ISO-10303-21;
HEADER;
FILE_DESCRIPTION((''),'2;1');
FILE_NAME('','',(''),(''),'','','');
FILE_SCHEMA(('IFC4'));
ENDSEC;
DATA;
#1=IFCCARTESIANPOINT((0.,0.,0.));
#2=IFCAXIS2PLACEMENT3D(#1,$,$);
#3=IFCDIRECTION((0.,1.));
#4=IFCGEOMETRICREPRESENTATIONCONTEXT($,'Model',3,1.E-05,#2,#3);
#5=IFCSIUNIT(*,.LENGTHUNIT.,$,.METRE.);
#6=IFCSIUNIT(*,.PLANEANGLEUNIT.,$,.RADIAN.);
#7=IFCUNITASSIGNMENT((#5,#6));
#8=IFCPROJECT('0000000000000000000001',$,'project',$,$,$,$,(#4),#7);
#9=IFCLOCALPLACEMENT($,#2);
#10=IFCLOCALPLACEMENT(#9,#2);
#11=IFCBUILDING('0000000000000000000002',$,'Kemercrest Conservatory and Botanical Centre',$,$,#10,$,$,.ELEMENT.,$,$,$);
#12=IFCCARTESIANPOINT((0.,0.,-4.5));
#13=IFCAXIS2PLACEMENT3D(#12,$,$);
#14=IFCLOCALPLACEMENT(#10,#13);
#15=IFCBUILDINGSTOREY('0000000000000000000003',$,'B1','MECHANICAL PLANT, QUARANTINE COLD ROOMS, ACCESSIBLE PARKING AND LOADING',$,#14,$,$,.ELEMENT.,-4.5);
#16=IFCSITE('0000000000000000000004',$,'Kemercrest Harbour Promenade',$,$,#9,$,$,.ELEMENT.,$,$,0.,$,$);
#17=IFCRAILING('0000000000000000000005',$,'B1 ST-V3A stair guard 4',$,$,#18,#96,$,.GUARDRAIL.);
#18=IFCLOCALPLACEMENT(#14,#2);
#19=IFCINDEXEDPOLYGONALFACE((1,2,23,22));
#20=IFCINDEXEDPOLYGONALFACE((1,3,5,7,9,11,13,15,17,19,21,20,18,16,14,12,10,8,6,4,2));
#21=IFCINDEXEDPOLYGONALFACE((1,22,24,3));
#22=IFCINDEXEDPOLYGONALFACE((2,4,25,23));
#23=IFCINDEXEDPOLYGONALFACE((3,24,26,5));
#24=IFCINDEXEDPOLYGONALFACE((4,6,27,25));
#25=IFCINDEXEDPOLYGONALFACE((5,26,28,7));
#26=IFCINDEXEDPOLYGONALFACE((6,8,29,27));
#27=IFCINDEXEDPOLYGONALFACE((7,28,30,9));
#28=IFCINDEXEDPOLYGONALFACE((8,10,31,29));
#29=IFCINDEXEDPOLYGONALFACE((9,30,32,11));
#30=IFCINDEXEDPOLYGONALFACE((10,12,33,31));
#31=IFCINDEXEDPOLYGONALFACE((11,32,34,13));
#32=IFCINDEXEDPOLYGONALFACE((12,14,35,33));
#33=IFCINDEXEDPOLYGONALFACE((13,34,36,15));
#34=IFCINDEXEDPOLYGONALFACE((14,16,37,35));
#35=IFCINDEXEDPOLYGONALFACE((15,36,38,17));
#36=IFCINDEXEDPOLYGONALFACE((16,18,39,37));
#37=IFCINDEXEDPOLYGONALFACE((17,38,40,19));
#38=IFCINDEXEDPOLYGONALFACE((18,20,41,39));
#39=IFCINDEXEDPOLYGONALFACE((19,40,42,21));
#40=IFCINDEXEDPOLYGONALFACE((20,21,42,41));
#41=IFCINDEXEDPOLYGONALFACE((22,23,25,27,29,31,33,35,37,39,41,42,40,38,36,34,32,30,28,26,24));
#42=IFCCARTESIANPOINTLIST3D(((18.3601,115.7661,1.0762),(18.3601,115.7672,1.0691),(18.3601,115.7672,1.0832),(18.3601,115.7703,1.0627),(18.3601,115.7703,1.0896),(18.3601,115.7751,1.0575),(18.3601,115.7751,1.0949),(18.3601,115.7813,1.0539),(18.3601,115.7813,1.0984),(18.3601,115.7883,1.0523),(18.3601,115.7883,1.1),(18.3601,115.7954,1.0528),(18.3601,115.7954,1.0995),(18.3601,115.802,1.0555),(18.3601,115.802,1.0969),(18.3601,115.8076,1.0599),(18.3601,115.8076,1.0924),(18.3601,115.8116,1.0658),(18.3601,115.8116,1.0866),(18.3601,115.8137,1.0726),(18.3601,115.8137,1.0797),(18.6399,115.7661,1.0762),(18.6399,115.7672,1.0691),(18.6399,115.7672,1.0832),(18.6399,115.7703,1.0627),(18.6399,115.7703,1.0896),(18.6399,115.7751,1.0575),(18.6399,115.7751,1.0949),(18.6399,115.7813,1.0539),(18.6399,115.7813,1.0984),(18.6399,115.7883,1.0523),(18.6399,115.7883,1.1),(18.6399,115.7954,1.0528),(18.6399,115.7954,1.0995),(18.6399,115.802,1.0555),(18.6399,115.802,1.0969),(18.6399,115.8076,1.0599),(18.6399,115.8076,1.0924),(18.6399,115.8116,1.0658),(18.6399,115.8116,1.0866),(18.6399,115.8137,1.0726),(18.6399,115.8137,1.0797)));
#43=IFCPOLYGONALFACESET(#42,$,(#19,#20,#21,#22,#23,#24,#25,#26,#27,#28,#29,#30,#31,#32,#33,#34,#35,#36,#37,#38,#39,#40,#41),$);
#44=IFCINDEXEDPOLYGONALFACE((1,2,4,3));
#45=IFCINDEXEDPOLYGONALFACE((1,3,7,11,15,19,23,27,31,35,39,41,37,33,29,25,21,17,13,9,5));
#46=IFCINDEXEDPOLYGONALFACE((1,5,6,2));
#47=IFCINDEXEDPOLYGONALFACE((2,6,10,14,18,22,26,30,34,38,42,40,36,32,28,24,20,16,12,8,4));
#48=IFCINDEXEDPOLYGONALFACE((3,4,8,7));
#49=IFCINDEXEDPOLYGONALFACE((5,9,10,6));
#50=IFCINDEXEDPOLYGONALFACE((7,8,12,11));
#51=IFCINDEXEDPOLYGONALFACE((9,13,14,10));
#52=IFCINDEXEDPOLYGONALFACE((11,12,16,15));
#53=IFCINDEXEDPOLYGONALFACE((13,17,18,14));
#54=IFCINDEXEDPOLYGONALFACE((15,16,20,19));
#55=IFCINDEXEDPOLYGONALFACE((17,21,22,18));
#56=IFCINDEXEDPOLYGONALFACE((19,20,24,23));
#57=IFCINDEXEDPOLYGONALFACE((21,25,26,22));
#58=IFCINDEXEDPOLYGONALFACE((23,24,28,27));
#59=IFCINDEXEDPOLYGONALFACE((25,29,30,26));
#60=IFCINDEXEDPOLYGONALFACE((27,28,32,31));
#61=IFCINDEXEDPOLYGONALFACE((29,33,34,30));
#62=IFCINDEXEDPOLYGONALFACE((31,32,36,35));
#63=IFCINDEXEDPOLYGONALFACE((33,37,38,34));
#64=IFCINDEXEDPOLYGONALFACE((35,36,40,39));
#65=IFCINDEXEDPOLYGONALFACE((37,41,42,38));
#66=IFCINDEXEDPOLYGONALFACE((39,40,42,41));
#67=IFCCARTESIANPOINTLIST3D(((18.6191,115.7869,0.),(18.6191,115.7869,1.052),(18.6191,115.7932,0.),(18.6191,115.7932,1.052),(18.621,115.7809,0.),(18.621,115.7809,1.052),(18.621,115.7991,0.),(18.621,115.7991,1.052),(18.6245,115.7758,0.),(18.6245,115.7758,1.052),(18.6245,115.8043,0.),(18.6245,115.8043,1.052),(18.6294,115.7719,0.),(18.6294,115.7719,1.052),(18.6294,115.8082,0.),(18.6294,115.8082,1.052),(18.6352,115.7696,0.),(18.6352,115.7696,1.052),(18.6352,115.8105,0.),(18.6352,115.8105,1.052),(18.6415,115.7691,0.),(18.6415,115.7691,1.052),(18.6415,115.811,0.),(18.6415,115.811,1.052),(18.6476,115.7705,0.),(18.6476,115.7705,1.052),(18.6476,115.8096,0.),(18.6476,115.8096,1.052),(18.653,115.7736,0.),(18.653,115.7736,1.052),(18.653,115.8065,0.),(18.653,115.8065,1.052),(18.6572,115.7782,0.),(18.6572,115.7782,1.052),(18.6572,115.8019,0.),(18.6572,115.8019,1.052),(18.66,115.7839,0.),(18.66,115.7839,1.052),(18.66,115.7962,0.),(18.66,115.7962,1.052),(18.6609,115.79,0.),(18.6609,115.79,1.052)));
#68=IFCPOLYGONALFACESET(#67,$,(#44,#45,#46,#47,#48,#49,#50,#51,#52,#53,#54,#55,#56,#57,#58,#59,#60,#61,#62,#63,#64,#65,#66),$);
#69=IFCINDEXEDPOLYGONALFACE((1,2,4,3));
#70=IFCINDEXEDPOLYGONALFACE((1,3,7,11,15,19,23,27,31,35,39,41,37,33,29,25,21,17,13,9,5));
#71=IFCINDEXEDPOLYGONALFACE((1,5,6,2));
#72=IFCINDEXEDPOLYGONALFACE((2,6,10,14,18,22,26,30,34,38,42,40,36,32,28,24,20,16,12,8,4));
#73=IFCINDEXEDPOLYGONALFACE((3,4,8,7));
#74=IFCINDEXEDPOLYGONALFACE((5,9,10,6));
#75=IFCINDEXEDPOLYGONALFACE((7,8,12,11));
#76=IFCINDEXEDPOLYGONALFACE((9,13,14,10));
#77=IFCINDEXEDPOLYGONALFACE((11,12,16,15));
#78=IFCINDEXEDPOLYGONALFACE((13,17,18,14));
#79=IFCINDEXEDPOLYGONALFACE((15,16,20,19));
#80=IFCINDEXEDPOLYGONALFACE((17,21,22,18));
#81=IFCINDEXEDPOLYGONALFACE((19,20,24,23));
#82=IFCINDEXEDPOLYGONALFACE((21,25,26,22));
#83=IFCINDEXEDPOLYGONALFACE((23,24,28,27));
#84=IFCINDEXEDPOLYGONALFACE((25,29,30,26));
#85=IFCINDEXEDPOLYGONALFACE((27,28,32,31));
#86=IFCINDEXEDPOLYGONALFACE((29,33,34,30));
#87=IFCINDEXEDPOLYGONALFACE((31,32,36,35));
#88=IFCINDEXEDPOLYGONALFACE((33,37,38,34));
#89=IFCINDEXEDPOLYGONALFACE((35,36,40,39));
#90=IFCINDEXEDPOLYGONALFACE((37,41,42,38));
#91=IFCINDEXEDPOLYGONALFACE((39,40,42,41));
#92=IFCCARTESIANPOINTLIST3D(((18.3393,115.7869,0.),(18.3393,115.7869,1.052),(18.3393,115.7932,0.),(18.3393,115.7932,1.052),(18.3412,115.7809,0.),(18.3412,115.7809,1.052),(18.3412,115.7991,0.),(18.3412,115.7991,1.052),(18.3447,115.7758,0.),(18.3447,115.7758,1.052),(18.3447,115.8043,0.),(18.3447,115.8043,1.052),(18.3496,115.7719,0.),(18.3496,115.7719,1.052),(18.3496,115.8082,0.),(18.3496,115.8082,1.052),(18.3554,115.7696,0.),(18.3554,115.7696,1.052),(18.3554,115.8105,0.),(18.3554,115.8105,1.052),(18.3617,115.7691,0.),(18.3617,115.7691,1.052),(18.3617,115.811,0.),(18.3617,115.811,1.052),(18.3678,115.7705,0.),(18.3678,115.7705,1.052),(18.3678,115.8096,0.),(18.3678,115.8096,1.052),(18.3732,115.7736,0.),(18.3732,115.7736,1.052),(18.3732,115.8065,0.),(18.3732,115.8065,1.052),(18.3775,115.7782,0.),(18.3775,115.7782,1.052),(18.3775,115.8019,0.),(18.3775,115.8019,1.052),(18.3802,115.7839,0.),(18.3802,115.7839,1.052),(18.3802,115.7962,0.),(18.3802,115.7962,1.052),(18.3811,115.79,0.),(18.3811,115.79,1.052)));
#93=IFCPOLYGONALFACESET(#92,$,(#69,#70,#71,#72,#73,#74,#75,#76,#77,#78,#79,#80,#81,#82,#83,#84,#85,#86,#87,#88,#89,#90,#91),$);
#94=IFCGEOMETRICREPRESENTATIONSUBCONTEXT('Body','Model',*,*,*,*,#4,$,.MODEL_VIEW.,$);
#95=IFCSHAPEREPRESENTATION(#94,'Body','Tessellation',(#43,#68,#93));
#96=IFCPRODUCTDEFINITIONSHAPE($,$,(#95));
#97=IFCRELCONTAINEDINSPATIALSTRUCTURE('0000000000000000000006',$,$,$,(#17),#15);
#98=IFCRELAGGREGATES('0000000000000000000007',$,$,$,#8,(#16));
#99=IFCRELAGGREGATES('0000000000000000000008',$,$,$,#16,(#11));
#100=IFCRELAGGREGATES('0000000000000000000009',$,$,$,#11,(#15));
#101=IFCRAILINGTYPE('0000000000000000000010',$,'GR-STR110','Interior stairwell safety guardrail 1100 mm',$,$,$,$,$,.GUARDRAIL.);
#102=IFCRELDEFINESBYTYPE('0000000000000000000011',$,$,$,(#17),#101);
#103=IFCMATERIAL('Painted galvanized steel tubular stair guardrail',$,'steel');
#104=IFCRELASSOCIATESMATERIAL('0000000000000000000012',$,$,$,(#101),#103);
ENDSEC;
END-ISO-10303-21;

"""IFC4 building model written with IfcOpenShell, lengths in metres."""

from ifc_helpers import new_model, si_unit, direction, frame, origin, origin_2d, place, context, subcontext, project, spatial, circle, extrude, material, type_object, element, save


model = new_model("IFC4")

# Units and contexts
model_context = context("Model", 3, precision=1e-05, world=origin(), true_north=direction((0.0, 1.0)))
body_context = subcontext(model_context, "Body", "Model", "MODEL_VIEW")
ifc_project = project(units=[si_unit("LENGTHUNIT", "METRE"), si_unit("PLANEANGLEUNIT", "RADIAN")], contexts=[model_context])

# Site, building, storey
site_placement = place(None, origin())
site = spatial("IfcSite", under=ifc_project, at=site_placement, Name="Kemercrest Harbour Promenade", CompositionType="ELEMENT", RefElevation=0.0)
building_placement = place(site_placement, origin())
building = spatial("IfcBuilding", under=site, at=building_placement, Name="Kemercrest Conservatory and Botanical Centre", CompositionType="ELEMENT")
storey_placement = place(building_placement, frame((0.0, 0.0, -4.5)))
storey = spatial("IfcBuildingStorey", under=building, at=storey_placement, Name="B1", Description="MECHANICAL PLANT, QUARANTINE COLD ROOMS, ACCESSIBLE PARKING AND LOADING", CompositionType="ELEMENT", Elevation=-4.5)

# Railing
ifc_material_1 = material(Name="Painted galvanized steel tubular stair guardrail", Category="steel")
railing_type_1 = type_object("IfcRailingType", Name="GR-STR110", Description="Interior stairwell safety guardrail 1100 mm", PredefinedType="GUARDRAIL", material=ifc_material_1)
railing_1_placement = place(storey_placement, frame((18.6399, 115.79, 0.0)))
element("IfcRailing", 1, at=railing_1_placement, inside=storey, type_object=railing_type_1, Name="B1 ST-V3A stair guard 4", PredefinedType="GUARDRAIL", context=body_context, shape_type="SweptSolid", body=[
    extrude(circle(Radius=0.0239, at=origin_2d()), frame((0.0, 0.0, 1.0762), z_axis=(-1.0, 0.0, 0.0), x_axis=(0.0, -1.0, 0.0)), (0.0, 0.0, 1.0), 0.2798),
    extrude(circle(Radius=0.021, at=origin_2d()), origin(), (0.0, 0.0, 1.0), 1.052),
    extrude(circle(Radius=0.021, at=origin_2d()), frame((-0.2798, 0.0, 0.0)), (0.0, 0.0, 1.0), 1.052),
])

save(model, "model.ifc")
